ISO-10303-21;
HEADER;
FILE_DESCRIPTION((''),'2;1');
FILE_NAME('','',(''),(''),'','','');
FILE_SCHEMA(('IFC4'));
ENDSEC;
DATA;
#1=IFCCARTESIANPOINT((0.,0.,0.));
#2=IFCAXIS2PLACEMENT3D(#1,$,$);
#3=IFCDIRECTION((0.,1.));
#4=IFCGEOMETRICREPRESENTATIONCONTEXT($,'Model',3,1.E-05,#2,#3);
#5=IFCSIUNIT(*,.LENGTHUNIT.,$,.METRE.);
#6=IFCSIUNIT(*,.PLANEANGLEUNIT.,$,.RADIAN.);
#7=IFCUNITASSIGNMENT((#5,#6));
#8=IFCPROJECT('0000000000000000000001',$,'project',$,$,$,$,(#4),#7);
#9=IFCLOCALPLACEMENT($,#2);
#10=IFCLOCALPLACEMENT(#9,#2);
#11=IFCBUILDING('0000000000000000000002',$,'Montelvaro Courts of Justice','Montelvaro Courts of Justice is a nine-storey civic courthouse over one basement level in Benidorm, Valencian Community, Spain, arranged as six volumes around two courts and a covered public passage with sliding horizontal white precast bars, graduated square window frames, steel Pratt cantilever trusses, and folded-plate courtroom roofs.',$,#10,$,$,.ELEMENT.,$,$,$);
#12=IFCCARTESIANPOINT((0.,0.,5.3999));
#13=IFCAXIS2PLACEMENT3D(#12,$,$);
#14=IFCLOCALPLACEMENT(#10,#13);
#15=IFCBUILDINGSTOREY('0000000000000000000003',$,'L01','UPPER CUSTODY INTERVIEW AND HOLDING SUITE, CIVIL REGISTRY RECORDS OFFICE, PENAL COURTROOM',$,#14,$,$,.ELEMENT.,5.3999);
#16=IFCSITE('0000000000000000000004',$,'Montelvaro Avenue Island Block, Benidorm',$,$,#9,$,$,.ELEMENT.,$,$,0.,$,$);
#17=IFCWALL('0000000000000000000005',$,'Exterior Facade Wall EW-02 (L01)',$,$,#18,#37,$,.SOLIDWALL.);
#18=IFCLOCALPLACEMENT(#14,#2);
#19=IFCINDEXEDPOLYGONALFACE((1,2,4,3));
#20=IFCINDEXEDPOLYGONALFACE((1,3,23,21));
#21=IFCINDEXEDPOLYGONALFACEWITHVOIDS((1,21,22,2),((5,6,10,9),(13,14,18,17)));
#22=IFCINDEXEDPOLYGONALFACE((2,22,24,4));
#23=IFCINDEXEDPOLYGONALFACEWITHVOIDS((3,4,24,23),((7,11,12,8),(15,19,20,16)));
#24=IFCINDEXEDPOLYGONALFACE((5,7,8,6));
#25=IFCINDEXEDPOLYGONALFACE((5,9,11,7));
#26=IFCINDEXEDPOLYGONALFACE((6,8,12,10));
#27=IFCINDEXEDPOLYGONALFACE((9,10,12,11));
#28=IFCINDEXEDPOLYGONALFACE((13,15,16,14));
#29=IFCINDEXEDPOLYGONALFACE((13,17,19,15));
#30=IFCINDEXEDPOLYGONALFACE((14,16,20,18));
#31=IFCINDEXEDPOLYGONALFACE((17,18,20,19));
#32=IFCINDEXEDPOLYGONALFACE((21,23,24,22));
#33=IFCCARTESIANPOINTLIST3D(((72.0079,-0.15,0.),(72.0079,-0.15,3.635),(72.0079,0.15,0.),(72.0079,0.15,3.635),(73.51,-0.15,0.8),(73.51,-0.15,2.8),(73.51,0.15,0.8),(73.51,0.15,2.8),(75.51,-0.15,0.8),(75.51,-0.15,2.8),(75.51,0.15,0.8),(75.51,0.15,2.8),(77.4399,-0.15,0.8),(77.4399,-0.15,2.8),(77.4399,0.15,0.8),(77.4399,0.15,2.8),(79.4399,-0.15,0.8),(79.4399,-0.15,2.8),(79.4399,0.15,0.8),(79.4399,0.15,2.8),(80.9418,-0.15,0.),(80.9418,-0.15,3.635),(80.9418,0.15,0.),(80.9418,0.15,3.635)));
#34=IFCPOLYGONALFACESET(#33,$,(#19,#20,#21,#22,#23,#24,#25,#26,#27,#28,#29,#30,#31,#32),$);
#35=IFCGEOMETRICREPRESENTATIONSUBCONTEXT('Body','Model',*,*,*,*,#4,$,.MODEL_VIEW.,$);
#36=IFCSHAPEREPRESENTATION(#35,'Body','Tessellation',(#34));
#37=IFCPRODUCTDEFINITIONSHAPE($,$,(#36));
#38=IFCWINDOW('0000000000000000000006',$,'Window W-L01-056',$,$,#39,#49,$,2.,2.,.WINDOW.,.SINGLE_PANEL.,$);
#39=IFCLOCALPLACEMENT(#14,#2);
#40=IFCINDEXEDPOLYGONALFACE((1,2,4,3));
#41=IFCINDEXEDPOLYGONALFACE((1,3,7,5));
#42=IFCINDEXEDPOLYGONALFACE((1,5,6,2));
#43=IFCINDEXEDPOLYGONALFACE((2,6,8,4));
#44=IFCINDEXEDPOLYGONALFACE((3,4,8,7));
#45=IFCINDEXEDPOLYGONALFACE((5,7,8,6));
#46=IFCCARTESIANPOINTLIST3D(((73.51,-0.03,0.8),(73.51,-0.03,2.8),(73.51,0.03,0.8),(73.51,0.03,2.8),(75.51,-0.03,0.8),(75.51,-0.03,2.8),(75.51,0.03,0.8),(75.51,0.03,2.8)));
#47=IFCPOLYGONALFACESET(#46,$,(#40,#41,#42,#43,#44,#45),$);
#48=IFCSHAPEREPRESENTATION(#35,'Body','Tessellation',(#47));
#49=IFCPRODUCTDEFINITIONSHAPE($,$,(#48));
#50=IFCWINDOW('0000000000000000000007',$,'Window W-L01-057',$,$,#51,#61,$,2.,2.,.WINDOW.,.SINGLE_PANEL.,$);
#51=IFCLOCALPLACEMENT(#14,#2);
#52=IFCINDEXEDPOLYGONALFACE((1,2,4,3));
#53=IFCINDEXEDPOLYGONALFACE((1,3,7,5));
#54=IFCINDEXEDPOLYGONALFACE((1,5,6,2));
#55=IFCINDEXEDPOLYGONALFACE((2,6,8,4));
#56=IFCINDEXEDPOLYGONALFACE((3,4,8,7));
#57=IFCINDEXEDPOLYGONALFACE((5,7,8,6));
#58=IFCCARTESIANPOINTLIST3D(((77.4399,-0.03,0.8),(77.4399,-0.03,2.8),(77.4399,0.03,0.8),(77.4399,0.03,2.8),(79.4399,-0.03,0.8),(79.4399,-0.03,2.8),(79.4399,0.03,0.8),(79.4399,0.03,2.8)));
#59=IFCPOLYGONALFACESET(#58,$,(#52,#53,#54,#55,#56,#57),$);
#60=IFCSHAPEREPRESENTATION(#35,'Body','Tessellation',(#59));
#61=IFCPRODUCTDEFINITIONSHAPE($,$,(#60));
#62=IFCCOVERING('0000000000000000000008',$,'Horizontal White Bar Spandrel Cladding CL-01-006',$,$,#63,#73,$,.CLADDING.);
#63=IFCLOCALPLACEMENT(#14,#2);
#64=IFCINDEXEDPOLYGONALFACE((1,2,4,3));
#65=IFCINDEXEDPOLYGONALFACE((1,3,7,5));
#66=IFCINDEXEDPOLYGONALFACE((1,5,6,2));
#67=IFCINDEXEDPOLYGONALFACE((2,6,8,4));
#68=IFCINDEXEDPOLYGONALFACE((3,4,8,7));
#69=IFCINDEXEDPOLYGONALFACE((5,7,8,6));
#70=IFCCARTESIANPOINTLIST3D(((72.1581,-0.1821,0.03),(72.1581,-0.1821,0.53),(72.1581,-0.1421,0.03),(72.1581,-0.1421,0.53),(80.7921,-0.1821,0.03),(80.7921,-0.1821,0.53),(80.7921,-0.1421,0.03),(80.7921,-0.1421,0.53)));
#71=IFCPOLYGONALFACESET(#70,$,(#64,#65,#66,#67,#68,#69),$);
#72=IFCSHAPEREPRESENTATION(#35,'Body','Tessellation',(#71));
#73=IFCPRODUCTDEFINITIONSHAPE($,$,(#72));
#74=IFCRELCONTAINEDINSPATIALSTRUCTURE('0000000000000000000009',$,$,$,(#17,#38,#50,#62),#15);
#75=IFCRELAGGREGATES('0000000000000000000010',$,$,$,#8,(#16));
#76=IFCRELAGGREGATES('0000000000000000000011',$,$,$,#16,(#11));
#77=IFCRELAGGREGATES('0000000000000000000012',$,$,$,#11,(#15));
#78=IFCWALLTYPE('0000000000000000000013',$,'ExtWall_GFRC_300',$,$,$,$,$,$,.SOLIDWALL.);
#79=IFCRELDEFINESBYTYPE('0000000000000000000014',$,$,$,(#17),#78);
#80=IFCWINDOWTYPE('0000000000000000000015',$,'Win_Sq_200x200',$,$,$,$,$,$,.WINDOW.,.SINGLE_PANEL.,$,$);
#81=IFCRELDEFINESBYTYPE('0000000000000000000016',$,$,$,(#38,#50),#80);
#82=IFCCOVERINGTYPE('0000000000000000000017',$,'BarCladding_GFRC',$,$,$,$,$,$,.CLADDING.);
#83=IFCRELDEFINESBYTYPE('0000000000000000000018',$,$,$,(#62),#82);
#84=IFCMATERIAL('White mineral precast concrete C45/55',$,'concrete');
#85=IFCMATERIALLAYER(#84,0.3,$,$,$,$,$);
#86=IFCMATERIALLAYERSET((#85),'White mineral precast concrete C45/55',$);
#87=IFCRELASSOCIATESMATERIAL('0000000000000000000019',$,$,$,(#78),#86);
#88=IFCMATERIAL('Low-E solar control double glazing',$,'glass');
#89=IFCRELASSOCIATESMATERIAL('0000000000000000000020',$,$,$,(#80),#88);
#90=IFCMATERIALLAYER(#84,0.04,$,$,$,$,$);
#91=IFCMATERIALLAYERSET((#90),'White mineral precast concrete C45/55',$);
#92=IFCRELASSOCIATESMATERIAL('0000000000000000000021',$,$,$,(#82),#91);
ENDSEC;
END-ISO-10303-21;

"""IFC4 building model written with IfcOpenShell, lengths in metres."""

from ifc_helpers import new_model, si_unit, direction, frame, frame_2d, origin, origin_2d, place, context, subcontext, project, spatial, rectangle, extrude, material, layer, layer_set, type_object, element, fill, save


model = new_model("IFC4")

# Units and contexts
model_context = context("Model", 3, precision=1e-05, world=origin(), true_north=direction((0.0, 1.0)))
body_context = subcontext(model_context, "Body", "Model", "MODEL_VIEW")
ifc_project = project(units=[si_unit("LENGTHUNIT", "METRE"), si_unit("PLANEANGLEUNIT", "RADIAN")], contexts=[model_context])

# Site, building, storey
site_placement = place(None, origin())
site = spatial("IfcSite", under=ifc_project, at=site_placement, Name="Montelvaro Avenue Island Block, Benidorm", CompositionType="ELEMENT", RefElevation=0.0)
building_placement = place(site_placement, origin())
building = spatial("IfcBuilding", under=site, at=building_placement, Name="Montelvaro Courts of Justice", Description="Montelvaro Courts of Justice is a nine-storey civic courthouse over one basement level in Benidorm, Valencian Community, Spain, arranged as six volumes around two courts and a covered public passage with sliding horizontal white precast bars, graduated square window frames, steel Pratt cantilever trusses, and folded-plate courtroom roofs.", CompositionType="ELEMENT")
storey_placement = place(building_placement, frame((0.0, 0.0, 5.3999)))
storey = spatial("IfcBuildingStorey", under=building, at=storey_placement, Name="L01", Description="UPPER CUSTODY INTERVIEW AND HOLDING SUITE, CIVIL REGISTRY RECORDS OFFICE, PENAL COURTROOM", CompositionType="ELEMENT", Elevation=5.3999)

# Shared definitions
ifc_material_1 = material(Name="White mineral precast concrete C45/55", Category="concrete")

# Wall, openings, windows
ifc_layer_1 = layer(ifc_material_1, 0.3)
ifc_layer_set_1 = layer_set([ifc_layer_1], Name="White mineral precast concrete C45/55")
wall_type = type_object("IfcWallType", Name="ExtWall_GFRC_300", PredefinedType="SOLIDWALL", material=ifc_layer_set_1)
ifc_material_2 = material(Name="Low-E solar control double glazing", Category="glass")
wall_1_placement = place(storey_placement, frame((72.0081, 0.0, 0.0), z_axis=(0.0, 0.0, 1.0), x_axis=(1.0, 0.0, 0.0)))
wall_1 = element("IfcWall", 1, at=wall_1_placement, inside=storey, type_object=wall_type, Name="Exterior Facade Wall EW-02 (L01)", PredefinedType="SOLIDWALL", context=body_context, shape_type="SweptSolid", body=[
    extrude(rectangle(XDim=8.9338, YDim=0.3, at=frame_2d((4.4668, 0.0))), origin(), (0.0, 0.0, 1.0), 3.635),
])
opening_1_placement = place(wall_1_placement, frame((1.502, 0.0, 0.8)))
opening_1 = element("IfcOpeningElement", 2, at=opening_1_placement, cuts=wall_1, PredefinedType="OPENING", context=body_context, shape_type="SweptSolid", body=[
    extrude(rectangle(XDim=2.0, YDim=2.0, at=frame_2d((1.0, 1.0))), frame((0.0, 0.165, 0.0), z_axis=(0.0, -1.0, 0.0), x_axis=(1.0, 0.0, 0.0)), (0.0, 0.0, 1.0), 0.3298),
])
opening_2_placement = place(wall_1_placement, frame((5.4319, 0.0, 0.8)))
opening_2 = element("IfcOpeningElement", 3, at=opening_2_placement, cuts=wall_1, PredefinedType="OPENING", context=body_context, shape_type="SweptSolid", body=[
    extrude(rectangle(XDim=2.0, YDim=2.0, at=frame_2d((1.0, 1.0))), frame((0.0, 0.165, 0.0), z_axis=(0.0, -1.0, 0.0), x_axis=(1.0, 0.0, 0.0)), (0.0, 0.0, 1.0), 0.3298),
])
window_type_1 = type_object("IfcWindowType", Name="Win_Sq_200x200", PartitioningType="SINGLE_PANEL", PredefinedType="WINDOW", material=ifc_material_2)
window_1_placement = place(opening_1_placement, origin())
window_1 = element("IfcWindow", 4, at=window_1_placement, inside=storey, type_object=window_type_1, Name="Window W-L01-056", OverallHeight=2.0, OverallWidth=2.0, PartitioningType="SINGLE_PANEL", PredefinedType="WINDOW", context=body_context, shape_type="SweptSolid", body=[
    extrude(rectangle(XDim=2.0, YDim=2.0, at=frame_2d((1.0, 1.0))), frame((0.0, 0.03, 0.0), z_axis=(0.0, -1.0, 0.0), x_axis=(1.0, 0.0, 0.0)), (0.0, 0.0, 1.0), 0.0601),
])
fill(opening_1, window_1)
window_2_placement = place(opening_2_placement, origin())
window_2 = element("IfcWindow", 5, at=window_2_placement, inside=storey, type_object=window_type_1, Name="Window W-L01-057", OverallHeight=2.0, OverallWidth=2.0, PartitioningType="SINGLE_PANEL", PredefinedType="WINDOW", context=body_context, shape_type="SweptSolid", body=[
    extrude(rectangle(XDim=2.0, YDim=2.0, at=frame_2d((1.0, 1.0))), frame((0.0, 0.03, 0.0), z_axis=(0.0, -1.0, 0.0), x_axis=(1.0, 0.0, 0.0)), (0.0, 0.0, 1.0), 0.0601),
])
fill(opening_2, window_2)

# Covering
ifc_layer_2 = layer(ifc_material_1, 0.04)
ifc_layer_set_2 = layer_set([ifc_layer_2], Name="White mineral precast concrete C45/55")
covering_type = type_object("IfcCoveringType", Name="BarCladding_GFRC", PredefinedType="CLADDING", material=ifc_layer_set_2)
covering_placement = place(storey_placement, frame((76.4751, -0.1621, 0.03), z_axis=(0.0, 0.0, 1.0), x_axis=(1.0, 0.0, 0.0)))
element("IfcCovering", 6, at=covering_placement, inside=storey, type_object=covering_type, Name="Horizontal White Bar Spandrel Cladding CL-01-006", PredefinedType="CLADDING", context=body_context, shape_type="SweptSolid", body=[
    extrude(rectangle(XDim=8.634, YDim=0.04, at=origin_2d()), origin(), (0.0, 0.0, 1.0), 0.5),
])

save(model, "model.ifc")
